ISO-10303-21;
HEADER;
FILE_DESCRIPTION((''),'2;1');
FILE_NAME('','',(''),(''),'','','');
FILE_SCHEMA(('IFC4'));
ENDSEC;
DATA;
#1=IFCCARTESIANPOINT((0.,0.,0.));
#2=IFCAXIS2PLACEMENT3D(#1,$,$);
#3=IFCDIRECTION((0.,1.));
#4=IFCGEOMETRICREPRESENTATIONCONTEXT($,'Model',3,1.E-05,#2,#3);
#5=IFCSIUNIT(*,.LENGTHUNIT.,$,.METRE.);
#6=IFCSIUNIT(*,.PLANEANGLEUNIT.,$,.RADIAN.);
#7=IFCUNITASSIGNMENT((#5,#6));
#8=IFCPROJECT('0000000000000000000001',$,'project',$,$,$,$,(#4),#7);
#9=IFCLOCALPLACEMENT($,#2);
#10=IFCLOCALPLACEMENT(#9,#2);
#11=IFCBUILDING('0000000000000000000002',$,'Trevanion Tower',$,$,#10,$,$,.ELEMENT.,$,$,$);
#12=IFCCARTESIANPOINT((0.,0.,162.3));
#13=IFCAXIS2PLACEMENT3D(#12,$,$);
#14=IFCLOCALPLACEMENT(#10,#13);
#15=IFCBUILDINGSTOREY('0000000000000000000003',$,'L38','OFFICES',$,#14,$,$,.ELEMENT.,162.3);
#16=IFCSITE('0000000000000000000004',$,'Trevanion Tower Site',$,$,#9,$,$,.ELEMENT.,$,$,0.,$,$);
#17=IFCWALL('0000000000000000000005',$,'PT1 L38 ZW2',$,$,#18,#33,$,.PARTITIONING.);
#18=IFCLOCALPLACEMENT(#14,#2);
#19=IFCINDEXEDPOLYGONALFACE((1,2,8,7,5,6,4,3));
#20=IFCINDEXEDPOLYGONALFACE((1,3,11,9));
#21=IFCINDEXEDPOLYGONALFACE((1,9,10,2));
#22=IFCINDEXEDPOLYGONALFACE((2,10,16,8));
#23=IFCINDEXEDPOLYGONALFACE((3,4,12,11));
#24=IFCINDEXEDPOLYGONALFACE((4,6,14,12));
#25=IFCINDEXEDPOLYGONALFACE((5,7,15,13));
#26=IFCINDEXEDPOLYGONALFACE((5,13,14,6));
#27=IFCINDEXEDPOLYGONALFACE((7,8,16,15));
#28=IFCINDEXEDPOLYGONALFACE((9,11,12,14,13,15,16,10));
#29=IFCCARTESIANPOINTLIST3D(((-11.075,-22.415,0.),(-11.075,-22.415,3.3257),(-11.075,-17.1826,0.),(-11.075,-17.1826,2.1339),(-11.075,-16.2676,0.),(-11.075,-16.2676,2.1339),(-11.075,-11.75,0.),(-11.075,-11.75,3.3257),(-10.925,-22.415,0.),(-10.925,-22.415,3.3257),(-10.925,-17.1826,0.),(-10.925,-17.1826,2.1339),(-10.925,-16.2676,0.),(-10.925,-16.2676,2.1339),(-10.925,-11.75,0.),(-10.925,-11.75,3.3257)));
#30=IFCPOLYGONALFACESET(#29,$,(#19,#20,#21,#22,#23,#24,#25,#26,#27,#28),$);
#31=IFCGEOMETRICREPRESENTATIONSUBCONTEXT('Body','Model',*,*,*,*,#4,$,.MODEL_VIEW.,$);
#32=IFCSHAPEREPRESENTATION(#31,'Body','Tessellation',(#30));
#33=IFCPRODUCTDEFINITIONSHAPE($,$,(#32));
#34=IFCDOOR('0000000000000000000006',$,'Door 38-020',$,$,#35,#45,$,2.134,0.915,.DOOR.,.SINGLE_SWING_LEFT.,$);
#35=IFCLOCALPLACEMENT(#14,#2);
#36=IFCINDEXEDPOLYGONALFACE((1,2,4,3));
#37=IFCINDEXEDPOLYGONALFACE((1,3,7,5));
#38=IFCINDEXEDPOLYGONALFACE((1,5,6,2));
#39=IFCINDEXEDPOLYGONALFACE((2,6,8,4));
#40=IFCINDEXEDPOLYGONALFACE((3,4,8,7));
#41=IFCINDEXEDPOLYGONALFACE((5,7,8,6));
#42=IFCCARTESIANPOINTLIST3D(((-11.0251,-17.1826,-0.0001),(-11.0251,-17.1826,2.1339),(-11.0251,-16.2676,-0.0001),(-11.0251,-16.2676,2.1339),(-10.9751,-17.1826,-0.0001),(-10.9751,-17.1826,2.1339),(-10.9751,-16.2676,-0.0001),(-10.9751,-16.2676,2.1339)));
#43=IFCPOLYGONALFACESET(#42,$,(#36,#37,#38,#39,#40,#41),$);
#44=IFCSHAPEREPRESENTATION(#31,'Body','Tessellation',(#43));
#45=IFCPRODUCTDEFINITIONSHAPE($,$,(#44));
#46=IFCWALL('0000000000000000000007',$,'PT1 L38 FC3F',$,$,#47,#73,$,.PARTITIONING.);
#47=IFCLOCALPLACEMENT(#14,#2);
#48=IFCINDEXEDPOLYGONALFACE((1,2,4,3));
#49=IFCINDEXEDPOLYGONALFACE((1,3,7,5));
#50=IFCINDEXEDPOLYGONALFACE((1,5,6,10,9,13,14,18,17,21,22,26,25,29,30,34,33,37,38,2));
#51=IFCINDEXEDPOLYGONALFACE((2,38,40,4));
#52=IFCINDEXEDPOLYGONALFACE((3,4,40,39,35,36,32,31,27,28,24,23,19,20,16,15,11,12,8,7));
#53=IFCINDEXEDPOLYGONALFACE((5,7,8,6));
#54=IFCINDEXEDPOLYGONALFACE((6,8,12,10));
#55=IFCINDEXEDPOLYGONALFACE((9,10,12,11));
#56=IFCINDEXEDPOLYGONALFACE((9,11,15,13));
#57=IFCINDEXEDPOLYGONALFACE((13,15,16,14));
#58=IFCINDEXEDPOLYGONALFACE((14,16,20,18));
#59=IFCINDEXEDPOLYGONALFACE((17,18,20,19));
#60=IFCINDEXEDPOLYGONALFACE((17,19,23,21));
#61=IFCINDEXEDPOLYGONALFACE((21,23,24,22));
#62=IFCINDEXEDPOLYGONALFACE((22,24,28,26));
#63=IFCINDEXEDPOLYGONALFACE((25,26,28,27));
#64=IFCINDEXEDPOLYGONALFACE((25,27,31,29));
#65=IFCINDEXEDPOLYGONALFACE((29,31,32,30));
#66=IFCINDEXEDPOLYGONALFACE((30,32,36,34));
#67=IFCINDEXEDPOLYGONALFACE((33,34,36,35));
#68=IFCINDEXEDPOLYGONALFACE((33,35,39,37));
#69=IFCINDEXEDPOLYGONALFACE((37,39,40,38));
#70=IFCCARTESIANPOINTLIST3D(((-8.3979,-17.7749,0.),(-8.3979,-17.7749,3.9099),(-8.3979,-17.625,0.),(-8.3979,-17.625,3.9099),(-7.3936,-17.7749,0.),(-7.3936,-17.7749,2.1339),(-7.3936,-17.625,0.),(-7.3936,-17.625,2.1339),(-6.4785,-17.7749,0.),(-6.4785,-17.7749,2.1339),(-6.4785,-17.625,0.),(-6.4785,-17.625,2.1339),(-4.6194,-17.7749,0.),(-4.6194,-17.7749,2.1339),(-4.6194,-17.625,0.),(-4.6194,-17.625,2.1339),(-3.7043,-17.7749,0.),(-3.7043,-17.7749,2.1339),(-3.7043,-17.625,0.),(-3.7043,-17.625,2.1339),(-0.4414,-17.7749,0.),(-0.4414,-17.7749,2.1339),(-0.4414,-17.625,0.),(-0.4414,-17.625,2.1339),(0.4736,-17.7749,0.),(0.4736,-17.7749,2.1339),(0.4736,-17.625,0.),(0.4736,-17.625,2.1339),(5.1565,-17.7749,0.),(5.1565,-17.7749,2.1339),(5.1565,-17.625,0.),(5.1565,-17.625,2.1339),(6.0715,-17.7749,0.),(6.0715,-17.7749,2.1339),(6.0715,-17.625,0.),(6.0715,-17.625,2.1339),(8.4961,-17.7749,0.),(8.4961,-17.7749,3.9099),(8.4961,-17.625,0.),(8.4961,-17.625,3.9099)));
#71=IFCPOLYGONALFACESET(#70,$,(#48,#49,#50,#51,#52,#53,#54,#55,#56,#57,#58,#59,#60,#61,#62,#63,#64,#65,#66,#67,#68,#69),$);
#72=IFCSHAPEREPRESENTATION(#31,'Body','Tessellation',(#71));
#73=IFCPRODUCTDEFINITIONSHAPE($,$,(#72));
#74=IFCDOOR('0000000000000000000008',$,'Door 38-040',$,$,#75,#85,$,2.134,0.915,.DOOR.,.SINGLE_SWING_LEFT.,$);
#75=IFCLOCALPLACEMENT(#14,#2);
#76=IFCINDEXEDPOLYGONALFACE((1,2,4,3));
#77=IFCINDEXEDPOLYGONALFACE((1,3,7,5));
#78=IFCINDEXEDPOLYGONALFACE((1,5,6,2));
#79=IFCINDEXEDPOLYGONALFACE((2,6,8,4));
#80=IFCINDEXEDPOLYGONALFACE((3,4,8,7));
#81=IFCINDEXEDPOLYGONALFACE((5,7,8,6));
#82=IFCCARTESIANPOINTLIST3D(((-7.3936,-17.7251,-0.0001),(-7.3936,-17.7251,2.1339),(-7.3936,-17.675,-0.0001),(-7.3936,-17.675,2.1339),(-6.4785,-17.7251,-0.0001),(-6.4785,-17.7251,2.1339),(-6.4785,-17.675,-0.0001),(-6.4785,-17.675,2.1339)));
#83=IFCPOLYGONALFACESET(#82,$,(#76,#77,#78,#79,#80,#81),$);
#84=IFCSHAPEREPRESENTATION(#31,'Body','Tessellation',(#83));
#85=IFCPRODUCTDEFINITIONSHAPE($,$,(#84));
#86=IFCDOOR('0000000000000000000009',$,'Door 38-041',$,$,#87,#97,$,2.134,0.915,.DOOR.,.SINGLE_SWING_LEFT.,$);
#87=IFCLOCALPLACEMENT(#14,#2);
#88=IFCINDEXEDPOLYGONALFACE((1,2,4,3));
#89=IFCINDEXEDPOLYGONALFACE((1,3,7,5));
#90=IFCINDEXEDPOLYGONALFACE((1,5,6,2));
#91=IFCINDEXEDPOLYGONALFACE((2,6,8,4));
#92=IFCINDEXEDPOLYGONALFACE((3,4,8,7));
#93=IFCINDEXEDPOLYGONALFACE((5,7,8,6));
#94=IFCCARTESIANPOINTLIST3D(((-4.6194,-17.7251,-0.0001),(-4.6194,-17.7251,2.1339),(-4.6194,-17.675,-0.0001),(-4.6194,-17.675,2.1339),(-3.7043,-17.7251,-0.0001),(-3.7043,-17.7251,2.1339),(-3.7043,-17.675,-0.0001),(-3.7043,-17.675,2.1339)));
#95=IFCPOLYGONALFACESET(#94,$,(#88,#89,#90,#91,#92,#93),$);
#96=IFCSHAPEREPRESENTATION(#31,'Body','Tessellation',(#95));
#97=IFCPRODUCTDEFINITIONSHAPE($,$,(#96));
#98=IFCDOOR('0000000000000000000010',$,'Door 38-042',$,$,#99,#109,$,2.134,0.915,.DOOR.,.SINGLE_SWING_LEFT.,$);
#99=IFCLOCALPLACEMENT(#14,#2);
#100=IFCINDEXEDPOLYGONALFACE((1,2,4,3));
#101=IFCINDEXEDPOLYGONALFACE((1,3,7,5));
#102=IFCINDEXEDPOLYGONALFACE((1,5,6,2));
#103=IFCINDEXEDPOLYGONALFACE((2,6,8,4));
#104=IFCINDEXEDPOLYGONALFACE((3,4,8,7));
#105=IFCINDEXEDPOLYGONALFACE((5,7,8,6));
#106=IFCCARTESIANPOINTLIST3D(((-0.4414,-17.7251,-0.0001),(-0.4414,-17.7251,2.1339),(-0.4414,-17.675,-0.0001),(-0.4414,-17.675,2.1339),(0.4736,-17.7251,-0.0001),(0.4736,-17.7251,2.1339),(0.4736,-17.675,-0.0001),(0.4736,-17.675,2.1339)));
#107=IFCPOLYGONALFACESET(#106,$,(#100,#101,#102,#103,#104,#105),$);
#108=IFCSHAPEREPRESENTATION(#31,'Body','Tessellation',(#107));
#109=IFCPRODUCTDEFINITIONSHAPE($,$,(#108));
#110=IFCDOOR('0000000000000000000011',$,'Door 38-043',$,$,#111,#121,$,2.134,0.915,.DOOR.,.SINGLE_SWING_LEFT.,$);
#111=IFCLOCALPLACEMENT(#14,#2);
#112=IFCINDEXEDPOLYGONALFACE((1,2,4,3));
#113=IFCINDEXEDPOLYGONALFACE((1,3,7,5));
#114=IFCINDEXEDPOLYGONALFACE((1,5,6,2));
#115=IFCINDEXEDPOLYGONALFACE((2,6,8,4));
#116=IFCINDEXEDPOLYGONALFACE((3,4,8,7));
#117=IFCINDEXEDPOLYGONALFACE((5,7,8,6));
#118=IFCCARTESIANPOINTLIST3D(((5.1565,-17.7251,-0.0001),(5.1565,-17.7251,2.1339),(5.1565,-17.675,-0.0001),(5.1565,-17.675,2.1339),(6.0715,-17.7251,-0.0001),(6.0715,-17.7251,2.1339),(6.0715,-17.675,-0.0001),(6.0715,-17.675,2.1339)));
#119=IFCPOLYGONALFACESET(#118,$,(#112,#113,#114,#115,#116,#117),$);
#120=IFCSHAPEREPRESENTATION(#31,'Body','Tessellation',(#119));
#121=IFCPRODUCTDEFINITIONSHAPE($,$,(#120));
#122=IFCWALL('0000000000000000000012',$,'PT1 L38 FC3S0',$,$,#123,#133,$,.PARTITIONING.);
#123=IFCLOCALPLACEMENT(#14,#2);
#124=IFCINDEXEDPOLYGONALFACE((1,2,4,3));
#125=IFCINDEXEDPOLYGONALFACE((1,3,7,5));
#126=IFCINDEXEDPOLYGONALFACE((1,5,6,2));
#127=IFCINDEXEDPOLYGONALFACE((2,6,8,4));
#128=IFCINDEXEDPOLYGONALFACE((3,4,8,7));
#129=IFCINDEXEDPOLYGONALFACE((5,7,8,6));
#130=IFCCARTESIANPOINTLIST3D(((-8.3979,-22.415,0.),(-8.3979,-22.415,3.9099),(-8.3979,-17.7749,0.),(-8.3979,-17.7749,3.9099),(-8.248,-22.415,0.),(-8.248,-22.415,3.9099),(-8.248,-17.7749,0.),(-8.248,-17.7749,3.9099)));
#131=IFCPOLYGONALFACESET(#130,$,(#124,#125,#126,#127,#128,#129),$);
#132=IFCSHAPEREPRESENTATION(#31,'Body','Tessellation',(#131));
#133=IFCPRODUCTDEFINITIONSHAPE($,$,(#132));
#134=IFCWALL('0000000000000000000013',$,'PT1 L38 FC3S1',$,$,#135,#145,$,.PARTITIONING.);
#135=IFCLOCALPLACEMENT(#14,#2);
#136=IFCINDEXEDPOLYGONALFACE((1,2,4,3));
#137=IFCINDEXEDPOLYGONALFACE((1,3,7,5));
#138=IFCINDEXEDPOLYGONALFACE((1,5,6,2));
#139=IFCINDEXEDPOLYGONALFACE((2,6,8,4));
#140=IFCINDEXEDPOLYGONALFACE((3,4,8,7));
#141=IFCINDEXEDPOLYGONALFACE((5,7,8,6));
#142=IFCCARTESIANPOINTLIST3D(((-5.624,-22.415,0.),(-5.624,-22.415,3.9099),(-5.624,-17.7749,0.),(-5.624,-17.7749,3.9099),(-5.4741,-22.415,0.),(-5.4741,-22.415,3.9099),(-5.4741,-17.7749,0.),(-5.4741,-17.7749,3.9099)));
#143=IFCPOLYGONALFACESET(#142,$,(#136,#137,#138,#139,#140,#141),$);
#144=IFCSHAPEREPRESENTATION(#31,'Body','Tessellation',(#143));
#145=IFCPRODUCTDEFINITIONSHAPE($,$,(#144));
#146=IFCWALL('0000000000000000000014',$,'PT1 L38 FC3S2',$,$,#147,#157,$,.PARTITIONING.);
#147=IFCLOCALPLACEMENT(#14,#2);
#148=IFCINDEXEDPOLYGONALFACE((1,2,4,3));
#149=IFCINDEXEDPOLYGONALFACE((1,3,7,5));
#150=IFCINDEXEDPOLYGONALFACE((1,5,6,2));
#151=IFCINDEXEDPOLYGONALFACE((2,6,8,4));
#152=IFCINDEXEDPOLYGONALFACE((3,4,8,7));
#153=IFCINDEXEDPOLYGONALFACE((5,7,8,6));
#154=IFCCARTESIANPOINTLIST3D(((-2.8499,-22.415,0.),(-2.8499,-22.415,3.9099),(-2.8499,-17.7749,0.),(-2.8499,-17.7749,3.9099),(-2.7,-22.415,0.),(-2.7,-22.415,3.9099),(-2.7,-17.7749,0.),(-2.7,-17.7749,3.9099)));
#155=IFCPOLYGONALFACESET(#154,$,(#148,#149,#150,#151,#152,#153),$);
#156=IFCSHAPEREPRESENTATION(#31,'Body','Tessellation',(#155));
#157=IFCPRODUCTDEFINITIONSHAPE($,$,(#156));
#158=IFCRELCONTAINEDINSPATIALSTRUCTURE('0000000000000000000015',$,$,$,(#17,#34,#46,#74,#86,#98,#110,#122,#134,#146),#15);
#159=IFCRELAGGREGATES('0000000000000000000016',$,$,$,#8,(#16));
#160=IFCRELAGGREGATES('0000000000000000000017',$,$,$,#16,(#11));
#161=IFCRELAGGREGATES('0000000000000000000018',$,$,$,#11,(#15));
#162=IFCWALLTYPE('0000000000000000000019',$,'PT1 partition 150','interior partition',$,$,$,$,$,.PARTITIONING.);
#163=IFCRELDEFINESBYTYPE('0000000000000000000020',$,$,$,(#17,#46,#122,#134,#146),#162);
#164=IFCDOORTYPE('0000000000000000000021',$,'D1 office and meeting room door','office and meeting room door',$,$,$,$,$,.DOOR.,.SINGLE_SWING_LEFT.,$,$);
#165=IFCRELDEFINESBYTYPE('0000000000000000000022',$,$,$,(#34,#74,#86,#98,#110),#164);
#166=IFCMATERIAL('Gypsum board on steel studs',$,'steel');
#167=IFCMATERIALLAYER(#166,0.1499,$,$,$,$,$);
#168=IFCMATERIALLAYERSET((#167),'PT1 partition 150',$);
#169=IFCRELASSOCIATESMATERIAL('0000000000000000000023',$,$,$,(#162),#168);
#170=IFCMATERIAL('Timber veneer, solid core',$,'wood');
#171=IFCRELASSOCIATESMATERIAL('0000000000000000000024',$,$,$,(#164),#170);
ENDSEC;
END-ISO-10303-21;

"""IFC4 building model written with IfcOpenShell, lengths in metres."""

from ifc_helpers import new_model, si_unit, direction, frame, frame_2d, origin, place, context, subcontext, project, spatial, rectangle, extrude, material, layer, layer_set, type_object, element, fill, save


model = new_model("IFC4")

# Units and contexts
model_context = context("Model", 3, precision=1e-05, world=origin(), true_north=direction((0.0, 1.0)))
body_context = subcontext(model_context, "Body", "Model", "MODEL_VIEW")
ifc_project = project(units=[si_unit("LENGTHUNIT", "METRE"), si_unit("PLANEANGLEUNIT", "RADIAN")], contexts=[model_context])

# Site, building, storey
site_placement = place(None, origin())
site = spatial("IfcSite", under=ifc_project, at=site_placement, Name="Trevanion Tower Site", CompositionType="ELEMENT", RefElevation=0.0)
building_placement = place(site_placement, origin())
building = spatial("IfcBuilding", under=site, at=building_placement, Name="Trevanion Tower", CompositionType="ELEMENT")
storey_placement = place(building_placement, frame((0.0, 0.0, 162.3)))
storey = spatial("IfcBuildingStorey", under=building, at=storey_placement, Name="L38", Description="OFFICES", CompositionType="ELEMENT", Elevation=162.3)

# Wall, opening, door
ifc_material_1 = material(Name="Gypsum board on steel studs", Category="steel")
ifc_layer_1 = layer(ifc_material_1, 0.1499)
ifc_layer_set_1 = layer_set([ifc_layer_1], Name="PT1 partition 150")
wall_type = type_object("IfcWallType", Name="PT1 partition 150", Description="interior partition", PredefinedType="PARTITIONING", material=ifc_layer_set_1)
wall_1_placement = place(storey_placement, frame((-11.0, -11.75, 0.0), z_axis=(0.0, 0.0, 1.0), x_axis=(0.0, -1.0, 0.0)))
wall_1 = element("IfcWall", 1, at=wall_1_placement, inside=storey, type_object=wall_type, Name="PT1 L38 ZW2", PredefinedType="PARTITIONING", context=body_context, shape_type="SweptSolid", body=[
    extrude(rectangle(XDim=10.665, YDim=0.1499, at=frame_2d((5.3325, 0.0))), origin(), (0.0, 0.0, 1.0), 3.3257),
])
opening_1_placement = place(wall_1_placement, frame((4.5176, 0.0, 0.0)))
opening_1 = element("IfcOpeningElement", 2, at=opening_1_placement, cuts=wall_1, PredefinedType="OPENING", context=body_context, shape_type="SweptSolid", body=[
    extrude(rectangle(XDim=0.915, YDim=2.134, at=frame_2d((0.4575, 1.0669))), frame((0.0, 0.085, 0.0), z_axis=(0.0, -1.0, 0.0), x_axis=(1.0, 0.0, 0.0)), (0.0, 0.0, 1.0), 0.1699),
])
ifc_material_2 = material(Name="Timber veneer, solid core", Category="wood")
door_type = type_object("IfcDoorType", Name="D1 office and meeting room door", Description="office and meeting room door", OperationType="SINGLE_SWING_LEFT", PredefinedType="DOOR", material=ifc_material_2)
door_1_placement = place(opening_1_placement, origin())
door_1 = element("IfcDoor", 3, at=door_1_placement, inside=storey, type_object=door_type, Name="Door 38-020", OperationType="SINGLE_SWING_LEFT", OverallHeight=2.134, OverallWidth=0.915, PredefinedType="DOOR", context=body_context, shape_type="SweptSolid", body=[
    extrude(rectangle(XDim=0.915, YDim=2.134, at=frame_2d((0.4575, 1.0669))), frame((0.0, 0.0249, 0.0), z_axis=(0.0, -1.0, 0.0), x_axis=(1.0, 0.0, 0.0)), (0.0, 0.0, 1.0), 0.05),
])
fill(opening_1, door_1)

# Wall, openings, doors
wall_2_placement = place(storey_placement, frame((-8.3979, -17.7, 0.0), z_axis=(0.0, 0.0, 1.0), x_axis=(1.0, 0.0, 0.0)))
wall_2 = element("IfcWall", 4, at=wall_2_placement, inside=storey, type_object=wall_type, Name="PT1 L38 FC3F", PredefinedType="PARTITIONING", context=body_context, shape_type="SweptSolid", body=[
    extrude(rectangle(XDim=16.894, YDim=0.1499, at=frame_2d((8.447, 0.0))), origin(), (0.0, 0.0, 1.0), 3.9099),
])
opening_2_placement = place(wall_2_placement, frame((1.0044, 0.0, 0.0)))
opening_2 = element("IfcOpeningElement", 5, at=opening_2_placement, cuts=wall_2, PredefinedType="OPENING", context=body_context, shape_type="SweptSolid", body=[
    extrude(rectangle(XDim=0.915, YDim=2.134, at=frame_2d((0.4575, 1.0669))), frame((0.0, 0.085, 0.0), z_axis=(0.0, -1.0, 0.0), x_axis=(1.0, 0.0, 0.0)), (0.0, 0.0, 1.0), 0.1699),
])
opening_3_placement = place(wall_2_placement, frame((3.7786, 0.0, 0.0)))
opening_3 = element("IfcOpeningElement", 6, at=opening_3_placement, cuts=wall_2, PredefinedType="OPENING", context=body_context, shape_type="SweptSolid", body=[
    extrude(rectangle(XDim=0.915, YDim=2.134, at=frame_2d((0.4575, 1.0669))), frame((0.0, 0.085, 0.0), z_axis=(0.0, -1.0, 0.0), x_axis=(1.0, 0.0, 0.0)), (0.0, 0.0, 1.0), 0.1699),
])
opening_4_placement = place(wall_2_placement, frame((7.9565, 0.0, 0.0)))
opening_4 = element("IfcOpeningElement", 7, at=opening_4_placement, cuts=wall_2, PredefinedType="OPENING", context=body_context, shape_type="SweptSolid", body=[
    extrude(rectangle(XDim=0.915, YDim=2.134, at=frame_2d((0.4575, 1.0669))), frame((0.0, 0.085, 0.0), z_axis=(0.0, -1.0, 0.0), x_axis=(1.0, 0.0, 0.0)), (0.0, 0.0, 1.0), 0.1699),
])
opening_5_placement = place(wall_2_placement, frame((13.5544, 0.0, 0.0)))
opening_5 = element("IfcOpeningElement", 8, at=opening_5_placement, cuts=wall_2, PredefinedType="OPENING", context=body_context, shape_type="SweptSolid", body=[
    extrude(rectangle(XDim=0.915, YDim=2.134, at=frame_2d((0.4575, 1.0669))), frame((0.0, 0.085, 0.0), z_axis=(0.0, -1.0, 0.0), x_axis=(1.0, 0.0, 0.0)), (0.0, 0.0, 1.0), 0.1699),
])
door_2_placement = place(opening_2_placement, origin())
door_2 = element("IfcDoor", 9, at=door_2_placement, inside=storey, type_object=door_type, Name="Door 38-040", OperationType="SINGLE_SWING_LEFT", OverallHeight=2.134, OverallWidth=0.915, PredefinedType="DOOR", context=body_context, shape_type="SweptSolid", body=[
    extrude(rectangle(XDim=0.915, YDim=2.134, at=frame_2d((0.4575, 1.0669))), frame((0.0, 0.0249, 0.0), z_axis=(0.0, -1.0, 0.0), x_axis=(1.0, 0.0, 0.0)), (0.0, 0.0, 1.0), 0.05),
])
fill(opening_2, door_2)
door_3_placement = place(opening_3_placement, origin())
door_3 = element("IfcDoor", 10, at=door_3_placement, inside=storey, type_object=door_type, Name="Door 38-041", OperationType="SINGLE_SWING_LEFT", OverallHeight=2.134, OverallWidth=0.915, PredefinedType="DOOR", context=body_context, shape_type="SweptSolid", body=[
    extrude(rectangle(XDim=0.915, YDim=2.134, at=frame_2d((0.4575, 1.0669))), frame((0.0, 0.0249, 0.0), z_axis=(0.0, -1.0, 0.0), x_axis=(1.0, 0.0, 0.0)), (0.0, 0.0, 1.0), 0.05),
])
fill(opening_3, door_3)
door_4_placement = place(opening_4_placement, origin())
door_4 = element("IfcDoor", 11, at=door_4_placement, inside=storey, type_object=door_type, Name="Door 38-042", OperationType="SINGLE_SWING_LEFT", OverallHeight=2.134, OverallWidth=0.915, PredefinedType="DOOR", context=body_context, shape_type="SweptSolid", body=[
    extrude(rectangle(XDim=0.915, YDim=2.134, at=frame_2d((0.4575, 1.0669))), frame((0.0, 0.0249, 0.0), z_axis=(0.0, -1.0, 0.0), x_axis=(1.0, 0.0, 0.0)), (0.0, 0.0, 1.0), 0.05),
])
fill(opening_4, door_4)
door_5_placement = place(opening_5_placement, origin())
door_5 = element("IfcDoor", 12, at=door_5_placement, inside=storey, type_object=door_type, Name="Door 38-043", OperationType="SINGLE_SWING_LEFT", OverallHeight=2.134, OverallWidth=0.915, PredefinedType="DOOR", context=body_context, shape_type="SweptSolid", body=[
    extrude(rectangle(XDim=0.915, YDim=2.134, at=frame_2d((0.4575, 1.0669))), frame((0.0, 0.0249, 0.0), z_axis=(0.0, -1.0, 0.0), x_axis=(1.0, 0.0, 0.0)), (0.0, 0.0, 1.0), 0.05),
])
fill(opening_5, door_5)

# Walls
for number, where, z_axis, x_axis, name in (
    (13, (-8.323, -17.7749, 0.0), (0.0, 0.0, 1.0), (0.0, -1.0, 0.0), "PT1 L38 FC3S0"),
    (14, (-5.5491, -17.7749, 0.0), (0.0, 0.0, 1.0), (0.0, -1.0, 0.0), "PT1 L38 FC3S1"),
    (15, (-2.7749, -17.7749, 0.0), (0.0, 0.0, 1.0), (0.0, -1.0, 0.0), "PT1 L38 FC3S2"),
):
    element("IfcWall", number, at=place(storey_placement, frame(where, z_axis=z_axis, x_axis=x_axis)), inside=storey, type_object=wall_type, Name=name, PredefinedType="PARTITIONING", context=body_context, shape_type="SweptSolid", body=[
        extrude(rectangle(XDim=4.6401, YDim=0.1499, at=frame_2d((2.3201, 0.0))), origin(), (0.0, 0.0, 1.0), 3.9099),
    ])

save(model, "model.ifc")
